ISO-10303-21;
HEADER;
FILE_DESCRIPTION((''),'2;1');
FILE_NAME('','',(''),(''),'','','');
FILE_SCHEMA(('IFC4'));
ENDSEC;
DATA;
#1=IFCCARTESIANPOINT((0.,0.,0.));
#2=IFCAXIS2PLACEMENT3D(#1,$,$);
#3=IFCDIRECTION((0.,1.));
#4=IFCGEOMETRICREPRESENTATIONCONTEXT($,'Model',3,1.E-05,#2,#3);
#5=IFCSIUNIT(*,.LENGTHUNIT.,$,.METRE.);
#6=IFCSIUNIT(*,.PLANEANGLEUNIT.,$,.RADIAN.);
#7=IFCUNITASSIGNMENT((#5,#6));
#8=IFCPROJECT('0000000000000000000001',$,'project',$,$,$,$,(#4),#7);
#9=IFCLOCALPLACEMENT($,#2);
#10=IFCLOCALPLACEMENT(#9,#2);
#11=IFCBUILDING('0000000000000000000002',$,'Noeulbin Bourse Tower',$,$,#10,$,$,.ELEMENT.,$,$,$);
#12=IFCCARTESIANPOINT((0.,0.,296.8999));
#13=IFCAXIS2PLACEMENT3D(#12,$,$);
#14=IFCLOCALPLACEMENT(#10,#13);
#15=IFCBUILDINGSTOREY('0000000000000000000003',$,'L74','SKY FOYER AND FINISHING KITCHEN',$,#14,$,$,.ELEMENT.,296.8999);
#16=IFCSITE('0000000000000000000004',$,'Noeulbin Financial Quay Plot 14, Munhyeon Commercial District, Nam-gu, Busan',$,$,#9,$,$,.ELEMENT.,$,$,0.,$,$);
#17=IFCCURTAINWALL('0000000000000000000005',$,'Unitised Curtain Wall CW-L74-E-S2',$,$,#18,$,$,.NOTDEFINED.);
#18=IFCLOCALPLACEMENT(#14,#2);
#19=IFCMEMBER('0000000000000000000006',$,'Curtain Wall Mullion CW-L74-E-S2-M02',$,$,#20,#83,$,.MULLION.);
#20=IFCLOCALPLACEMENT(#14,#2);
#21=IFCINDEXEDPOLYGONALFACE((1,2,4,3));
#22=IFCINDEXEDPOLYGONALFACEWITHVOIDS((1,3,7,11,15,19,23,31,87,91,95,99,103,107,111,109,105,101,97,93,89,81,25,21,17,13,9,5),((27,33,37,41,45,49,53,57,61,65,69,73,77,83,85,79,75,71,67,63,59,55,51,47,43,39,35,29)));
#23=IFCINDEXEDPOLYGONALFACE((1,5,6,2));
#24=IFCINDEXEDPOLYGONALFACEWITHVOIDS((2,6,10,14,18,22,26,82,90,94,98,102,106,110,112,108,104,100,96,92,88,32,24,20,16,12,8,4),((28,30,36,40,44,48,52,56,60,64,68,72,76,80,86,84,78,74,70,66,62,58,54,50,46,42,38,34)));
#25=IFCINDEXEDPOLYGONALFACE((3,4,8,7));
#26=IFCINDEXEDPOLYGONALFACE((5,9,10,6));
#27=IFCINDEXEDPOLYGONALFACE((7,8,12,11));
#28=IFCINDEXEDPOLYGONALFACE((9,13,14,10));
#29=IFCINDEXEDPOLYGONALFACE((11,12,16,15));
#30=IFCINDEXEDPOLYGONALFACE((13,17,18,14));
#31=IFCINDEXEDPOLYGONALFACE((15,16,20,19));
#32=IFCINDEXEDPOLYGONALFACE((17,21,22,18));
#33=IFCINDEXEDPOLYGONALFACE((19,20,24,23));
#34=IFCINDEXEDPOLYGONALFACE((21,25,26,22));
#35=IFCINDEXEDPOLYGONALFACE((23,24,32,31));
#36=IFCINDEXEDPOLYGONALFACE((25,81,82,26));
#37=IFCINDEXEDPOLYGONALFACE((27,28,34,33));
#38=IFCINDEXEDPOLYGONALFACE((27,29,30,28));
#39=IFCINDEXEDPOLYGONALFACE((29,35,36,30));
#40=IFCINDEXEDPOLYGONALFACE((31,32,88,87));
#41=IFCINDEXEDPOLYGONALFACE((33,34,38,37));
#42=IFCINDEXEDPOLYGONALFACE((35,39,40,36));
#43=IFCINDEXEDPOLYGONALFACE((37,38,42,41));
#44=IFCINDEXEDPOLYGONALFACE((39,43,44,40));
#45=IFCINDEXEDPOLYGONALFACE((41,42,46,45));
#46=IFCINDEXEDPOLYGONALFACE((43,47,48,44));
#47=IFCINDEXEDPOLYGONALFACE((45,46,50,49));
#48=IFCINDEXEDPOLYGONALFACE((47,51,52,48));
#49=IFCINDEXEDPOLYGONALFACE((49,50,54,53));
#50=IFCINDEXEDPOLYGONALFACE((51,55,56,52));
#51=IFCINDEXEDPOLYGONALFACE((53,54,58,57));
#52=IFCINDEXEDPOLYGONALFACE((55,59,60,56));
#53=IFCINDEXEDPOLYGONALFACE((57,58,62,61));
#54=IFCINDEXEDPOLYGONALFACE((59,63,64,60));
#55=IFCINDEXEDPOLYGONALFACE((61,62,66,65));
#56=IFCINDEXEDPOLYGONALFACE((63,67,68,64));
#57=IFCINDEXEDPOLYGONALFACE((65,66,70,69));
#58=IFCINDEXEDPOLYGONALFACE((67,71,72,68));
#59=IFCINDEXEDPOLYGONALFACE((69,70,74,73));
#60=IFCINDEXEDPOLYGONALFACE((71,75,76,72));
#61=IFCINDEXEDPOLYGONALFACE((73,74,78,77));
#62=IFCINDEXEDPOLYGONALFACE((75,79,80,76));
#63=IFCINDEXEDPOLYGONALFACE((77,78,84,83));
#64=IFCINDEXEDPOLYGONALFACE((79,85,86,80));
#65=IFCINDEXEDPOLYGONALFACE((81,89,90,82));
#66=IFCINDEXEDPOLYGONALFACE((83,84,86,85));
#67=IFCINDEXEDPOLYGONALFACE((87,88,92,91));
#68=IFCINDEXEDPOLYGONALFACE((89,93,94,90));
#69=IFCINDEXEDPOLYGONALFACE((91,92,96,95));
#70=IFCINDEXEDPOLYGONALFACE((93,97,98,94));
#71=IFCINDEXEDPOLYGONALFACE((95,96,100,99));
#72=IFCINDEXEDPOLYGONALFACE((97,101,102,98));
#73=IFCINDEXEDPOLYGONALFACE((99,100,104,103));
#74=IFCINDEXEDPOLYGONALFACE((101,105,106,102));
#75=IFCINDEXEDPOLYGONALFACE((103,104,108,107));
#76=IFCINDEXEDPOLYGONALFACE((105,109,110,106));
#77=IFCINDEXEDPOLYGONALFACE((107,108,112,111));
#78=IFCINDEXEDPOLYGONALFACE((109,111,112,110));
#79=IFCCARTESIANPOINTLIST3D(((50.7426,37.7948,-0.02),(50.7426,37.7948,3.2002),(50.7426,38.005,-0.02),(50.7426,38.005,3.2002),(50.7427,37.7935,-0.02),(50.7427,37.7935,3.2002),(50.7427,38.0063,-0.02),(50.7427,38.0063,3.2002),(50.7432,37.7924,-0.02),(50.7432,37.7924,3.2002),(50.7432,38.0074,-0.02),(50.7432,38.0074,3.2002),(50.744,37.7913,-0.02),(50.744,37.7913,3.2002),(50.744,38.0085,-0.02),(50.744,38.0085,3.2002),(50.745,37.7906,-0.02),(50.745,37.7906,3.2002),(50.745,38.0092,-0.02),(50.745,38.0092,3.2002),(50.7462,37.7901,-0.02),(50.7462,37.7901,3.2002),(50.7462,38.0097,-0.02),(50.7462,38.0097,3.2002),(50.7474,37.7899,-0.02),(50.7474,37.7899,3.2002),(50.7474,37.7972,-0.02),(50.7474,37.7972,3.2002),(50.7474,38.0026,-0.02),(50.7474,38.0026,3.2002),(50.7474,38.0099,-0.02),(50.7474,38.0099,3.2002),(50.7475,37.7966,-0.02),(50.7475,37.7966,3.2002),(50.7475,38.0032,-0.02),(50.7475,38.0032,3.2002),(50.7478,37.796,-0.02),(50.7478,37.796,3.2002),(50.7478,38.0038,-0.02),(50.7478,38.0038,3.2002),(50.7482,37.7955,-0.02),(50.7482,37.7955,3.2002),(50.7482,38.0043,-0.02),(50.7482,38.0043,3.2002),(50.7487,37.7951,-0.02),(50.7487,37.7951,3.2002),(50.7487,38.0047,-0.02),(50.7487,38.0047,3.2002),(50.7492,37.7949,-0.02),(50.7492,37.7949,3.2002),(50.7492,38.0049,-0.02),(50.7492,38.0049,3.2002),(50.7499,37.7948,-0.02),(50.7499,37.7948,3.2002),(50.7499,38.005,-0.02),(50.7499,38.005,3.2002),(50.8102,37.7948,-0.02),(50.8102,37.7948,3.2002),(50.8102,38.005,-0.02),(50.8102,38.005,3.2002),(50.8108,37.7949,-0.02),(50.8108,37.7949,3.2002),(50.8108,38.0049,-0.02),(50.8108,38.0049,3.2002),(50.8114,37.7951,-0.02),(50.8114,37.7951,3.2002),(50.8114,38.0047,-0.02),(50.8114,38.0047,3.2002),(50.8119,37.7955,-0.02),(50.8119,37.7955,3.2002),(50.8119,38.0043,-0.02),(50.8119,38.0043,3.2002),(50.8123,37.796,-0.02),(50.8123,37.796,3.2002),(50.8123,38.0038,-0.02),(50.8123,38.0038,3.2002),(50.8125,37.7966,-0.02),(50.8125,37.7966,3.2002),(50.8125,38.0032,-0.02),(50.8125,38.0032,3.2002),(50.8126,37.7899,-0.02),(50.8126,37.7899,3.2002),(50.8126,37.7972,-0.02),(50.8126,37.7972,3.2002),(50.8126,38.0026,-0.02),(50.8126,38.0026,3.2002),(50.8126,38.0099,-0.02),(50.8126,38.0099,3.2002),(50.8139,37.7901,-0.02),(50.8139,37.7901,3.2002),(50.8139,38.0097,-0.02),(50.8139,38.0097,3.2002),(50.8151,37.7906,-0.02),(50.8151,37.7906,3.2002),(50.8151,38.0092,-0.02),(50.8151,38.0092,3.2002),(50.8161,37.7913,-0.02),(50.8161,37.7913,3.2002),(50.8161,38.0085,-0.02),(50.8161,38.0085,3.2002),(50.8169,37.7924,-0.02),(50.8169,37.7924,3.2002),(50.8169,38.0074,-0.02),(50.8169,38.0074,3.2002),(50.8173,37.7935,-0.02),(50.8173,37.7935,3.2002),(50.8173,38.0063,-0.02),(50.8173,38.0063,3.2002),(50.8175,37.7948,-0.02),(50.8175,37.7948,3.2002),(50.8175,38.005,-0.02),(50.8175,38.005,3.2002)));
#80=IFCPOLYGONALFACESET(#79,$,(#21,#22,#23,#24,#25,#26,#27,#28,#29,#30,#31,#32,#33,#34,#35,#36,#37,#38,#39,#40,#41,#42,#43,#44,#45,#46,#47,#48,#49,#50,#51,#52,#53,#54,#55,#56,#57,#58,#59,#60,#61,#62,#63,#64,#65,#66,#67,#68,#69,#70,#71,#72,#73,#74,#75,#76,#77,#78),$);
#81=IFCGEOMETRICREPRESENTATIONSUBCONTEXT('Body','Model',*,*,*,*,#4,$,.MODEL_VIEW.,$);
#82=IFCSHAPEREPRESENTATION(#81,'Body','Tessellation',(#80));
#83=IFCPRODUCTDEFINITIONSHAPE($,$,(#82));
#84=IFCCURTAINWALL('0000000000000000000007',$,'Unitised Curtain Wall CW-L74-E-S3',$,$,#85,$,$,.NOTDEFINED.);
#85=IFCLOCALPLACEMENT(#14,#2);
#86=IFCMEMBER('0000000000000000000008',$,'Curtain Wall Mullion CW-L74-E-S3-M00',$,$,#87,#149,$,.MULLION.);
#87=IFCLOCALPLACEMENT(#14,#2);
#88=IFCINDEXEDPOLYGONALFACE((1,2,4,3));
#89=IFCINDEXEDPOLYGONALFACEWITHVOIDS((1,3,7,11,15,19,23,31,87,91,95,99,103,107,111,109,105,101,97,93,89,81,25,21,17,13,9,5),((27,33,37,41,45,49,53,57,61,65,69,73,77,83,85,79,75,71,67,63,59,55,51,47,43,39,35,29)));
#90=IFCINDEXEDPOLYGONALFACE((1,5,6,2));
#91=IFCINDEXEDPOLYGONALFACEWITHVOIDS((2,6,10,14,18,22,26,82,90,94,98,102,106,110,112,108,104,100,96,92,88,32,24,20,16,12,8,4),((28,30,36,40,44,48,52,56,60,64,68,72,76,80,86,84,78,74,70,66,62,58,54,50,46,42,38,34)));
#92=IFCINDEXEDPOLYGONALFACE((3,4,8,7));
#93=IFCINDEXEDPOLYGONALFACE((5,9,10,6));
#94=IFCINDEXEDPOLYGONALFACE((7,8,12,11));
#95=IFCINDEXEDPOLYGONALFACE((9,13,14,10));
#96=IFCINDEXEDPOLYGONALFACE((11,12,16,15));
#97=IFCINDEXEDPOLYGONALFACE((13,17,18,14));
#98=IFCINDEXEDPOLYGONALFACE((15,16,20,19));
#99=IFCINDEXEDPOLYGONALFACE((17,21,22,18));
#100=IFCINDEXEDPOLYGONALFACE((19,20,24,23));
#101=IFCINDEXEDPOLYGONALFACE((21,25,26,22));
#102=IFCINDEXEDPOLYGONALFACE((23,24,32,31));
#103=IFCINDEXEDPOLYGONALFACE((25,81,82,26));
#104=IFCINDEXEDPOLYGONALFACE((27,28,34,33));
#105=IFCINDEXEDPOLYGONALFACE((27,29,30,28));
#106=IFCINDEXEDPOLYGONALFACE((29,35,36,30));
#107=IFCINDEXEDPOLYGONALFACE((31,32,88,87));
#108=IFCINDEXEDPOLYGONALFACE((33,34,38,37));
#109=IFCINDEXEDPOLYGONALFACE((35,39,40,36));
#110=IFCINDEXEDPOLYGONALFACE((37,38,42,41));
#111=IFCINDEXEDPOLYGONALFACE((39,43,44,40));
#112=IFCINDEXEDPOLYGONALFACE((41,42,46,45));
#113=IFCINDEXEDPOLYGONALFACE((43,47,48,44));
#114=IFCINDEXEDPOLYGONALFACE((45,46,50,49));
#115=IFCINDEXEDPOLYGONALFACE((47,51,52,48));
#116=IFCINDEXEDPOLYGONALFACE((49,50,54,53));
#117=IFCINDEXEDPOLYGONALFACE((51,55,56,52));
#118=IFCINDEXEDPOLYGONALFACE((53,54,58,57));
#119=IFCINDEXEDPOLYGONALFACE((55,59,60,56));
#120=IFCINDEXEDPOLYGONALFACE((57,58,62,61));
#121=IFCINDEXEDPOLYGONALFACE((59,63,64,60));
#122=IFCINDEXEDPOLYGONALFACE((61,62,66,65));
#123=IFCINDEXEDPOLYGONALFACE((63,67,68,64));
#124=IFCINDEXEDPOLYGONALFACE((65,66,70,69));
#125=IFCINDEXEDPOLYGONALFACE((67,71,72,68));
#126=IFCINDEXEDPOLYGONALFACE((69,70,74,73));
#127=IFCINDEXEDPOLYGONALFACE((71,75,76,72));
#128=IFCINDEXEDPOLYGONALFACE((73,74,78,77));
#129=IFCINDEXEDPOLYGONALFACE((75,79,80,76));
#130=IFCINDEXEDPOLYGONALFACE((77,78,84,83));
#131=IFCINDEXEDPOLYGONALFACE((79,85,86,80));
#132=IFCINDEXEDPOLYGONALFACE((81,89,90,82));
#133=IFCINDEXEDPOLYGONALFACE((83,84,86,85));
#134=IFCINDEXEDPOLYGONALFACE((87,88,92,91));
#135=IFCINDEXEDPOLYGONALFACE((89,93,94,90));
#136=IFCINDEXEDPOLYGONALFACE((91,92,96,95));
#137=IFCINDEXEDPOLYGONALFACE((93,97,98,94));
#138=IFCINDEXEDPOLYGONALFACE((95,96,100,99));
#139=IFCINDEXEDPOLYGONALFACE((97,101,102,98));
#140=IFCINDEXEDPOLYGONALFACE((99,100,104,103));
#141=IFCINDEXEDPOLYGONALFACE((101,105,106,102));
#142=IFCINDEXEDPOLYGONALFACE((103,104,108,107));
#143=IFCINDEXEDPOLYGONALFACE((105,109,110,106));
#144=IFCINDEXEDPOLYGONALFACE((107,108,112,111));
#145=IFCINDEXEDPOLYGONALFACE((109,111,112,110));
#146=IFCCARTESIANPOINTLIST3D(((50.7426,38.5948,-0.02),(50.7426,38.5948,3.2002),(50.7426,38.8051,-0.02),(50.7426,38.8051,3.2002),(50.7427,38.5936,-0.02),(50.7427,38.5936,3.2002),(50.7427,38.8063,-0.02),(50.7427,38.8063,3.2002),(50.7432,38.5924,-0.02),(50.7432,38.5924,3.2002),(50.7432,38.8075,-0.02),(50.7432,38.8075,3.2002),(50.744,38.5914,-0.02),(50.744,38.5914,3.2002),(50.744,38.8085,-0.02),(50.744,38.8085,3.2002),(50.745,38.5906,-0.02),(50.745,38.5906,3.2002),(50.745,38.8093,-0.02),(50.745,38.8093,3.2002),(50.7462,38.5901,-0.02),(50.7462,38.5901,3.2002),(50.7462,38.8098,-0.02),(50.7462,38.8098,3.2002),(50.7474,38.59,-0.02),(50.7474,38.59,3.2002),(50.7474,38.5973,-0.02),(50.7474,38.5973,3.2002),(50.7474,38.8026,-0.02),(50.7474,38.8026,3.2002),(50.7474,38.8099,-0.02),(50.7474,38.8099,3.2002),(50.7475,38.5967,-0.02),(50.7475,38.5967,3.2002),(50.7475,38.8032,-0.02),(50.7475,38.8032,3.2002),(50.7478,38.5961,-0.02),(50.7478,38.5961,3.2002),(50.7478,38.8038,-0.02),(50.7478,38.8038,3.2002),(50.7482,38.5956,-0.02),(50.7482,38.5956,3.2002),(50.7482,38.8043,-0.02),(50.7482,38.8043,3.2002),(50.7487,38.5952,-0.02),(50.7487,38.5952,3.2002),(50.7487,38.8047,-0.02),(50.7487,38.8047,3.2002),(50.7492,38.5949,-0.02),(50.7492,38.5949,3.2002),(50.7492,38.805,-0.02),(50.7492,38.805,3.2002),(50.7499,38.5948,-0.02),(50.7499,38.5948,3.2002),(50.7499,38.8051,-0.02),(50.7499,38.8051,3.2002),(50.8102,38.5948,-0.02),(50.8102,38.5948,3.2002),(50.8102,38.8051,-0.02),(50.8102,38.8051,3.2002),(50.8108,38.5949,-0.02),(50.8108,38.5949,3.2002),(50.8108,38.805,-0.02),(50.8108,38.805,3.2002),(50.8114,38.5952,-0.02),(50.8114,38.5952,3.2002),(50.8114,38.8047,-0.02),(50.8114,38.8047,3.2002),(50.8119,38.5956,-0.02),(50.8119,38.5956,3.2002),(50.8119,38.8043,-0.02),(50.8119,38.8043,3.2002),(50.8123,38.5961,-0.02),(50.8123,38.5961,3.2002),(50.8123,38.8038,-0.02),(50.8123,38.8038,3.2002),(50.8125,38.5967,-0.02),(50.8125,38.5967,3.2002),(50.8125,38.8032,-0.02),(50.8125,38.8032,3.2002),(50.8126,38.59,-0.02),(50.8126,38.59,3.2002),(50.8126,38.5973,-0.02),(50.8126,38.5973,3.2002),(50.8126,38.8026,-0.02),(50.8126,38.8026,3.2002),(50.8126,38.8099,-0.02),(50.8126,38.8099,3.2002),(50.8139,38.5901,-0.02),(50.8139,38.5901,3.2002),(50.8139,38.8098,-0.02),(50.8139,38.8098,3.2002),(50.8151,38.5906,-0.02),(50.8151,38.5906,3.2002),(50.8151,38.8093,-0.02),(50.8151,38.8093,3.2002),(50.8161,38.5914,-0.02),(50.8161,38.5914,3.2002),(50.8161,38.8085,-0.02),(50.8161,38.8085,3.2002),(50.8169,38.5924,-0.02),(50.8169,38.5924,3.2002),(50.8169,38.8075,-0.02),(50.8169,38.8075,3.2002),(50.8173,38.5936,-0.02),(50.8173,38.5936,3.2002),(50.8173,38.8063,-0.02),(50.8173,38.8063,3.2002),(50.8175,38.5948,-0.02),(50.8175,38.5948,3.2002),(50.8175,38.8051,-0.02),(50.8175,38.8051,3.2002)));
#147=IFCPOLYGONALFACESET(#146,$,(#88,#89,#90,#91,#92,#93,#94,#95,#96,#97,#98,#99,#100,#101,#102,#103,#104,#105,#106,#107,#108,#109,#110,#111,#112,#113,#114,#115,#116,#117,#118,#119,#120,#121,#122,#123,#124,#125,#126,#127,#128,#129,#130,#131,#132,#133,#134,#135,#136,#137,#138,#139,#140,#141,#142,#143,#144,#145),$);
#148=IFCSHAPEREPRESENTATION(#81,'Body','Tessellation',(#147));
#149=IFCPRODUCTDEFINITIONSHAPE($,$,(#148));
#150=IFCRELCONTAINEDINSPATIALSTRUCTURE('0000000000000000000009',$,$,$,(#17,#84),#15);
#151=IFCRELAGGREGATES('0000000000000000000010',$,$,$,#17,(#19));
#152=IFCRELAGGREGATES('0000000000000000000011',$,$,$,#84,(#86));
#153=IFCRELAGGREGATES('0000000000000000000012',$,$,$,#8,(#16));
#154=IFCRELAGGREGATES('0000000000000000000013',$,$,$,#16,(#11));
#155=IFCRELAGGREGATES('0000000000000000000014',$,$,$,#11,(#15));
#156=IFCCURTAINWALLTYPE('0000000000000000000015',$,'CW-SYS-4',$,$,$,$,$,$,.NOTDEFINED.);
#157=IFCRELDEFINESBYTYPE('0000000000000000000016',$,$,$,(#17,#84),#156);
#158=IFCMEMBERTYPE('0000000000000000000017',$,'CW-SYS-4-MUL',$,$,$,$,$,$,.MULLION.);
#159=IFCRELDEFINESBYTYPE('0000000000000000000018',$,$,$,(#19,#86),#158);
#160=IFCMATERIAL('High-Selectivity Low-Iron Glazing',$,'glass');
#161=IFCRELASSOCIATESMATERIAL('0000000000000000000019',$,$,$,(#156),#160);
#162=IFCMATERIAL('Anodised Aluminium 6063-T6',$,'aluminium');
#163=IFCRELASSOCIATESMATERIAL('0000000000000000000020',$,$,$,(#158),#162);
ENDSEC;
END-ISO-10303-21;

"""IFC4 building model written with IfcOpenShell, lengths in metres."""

from ifc_helpers import new_model, si_unit, direction, frame, origin, origin_2d, place, context, subcontext, project, spatial, hollow_rectangle, extrude, material, material_profile, profile_set, type_object, element, aggregate, save


model = new_model("IFC4")

# Units and contexts
model_context = context("Model", 3, precision=1e-05, world=origin(), true_north=direction((0.0, 1.0)))
body_context = subcontext(model_context, "Body", "Model", "MODEL_VIEW")
ifc_project = project(units=[si_unit("LENGTHUNIT", "METRE"), si_unit("PLANEANGLEUNIT", "RADIAN")], contexts=[model_context])

# Site, building, storey
site_placement = place(None, origin())
site = spatial("IfcSite", under=ifc_project, at=site_placement, Name="Noeulbin Financial Quay Plot 14, Munhyeon Commercial District, Nam-gu, Busan", CompositionType="ELEMENT", RefElevation=0.0)
building_placement = place(site_placement, origin())
building = spatial("IfcBuilding", under=site, at=building_placement, Name="Noeulbin Bourse Tower", CompositionType="ELEMENT")
storey_placement = place(building_placement, frame((0.0, 0.0, 296.8999)))
storey = spatial("IfcBuildingStorey", under=building, at=storey_placement, Name="L74", Description="SKY FOYER AND FINISHING KITCHEN", CompositionType="ELEMENT", Elevation=296.8999)

# Shared definitions
ifc_material_1 = material(Name="High-Selectivity Low-Iron Glazing", Category="glass")
curtain_wall_type = type_object("IfcCurtainWallType", Name="CW-SYS-4", PredefinedType="NOTDEFINED", material=ifc_material_1)
ifc_material_2 = material(Name="Anodised Aluminium 6063-T6", Category="aluminium")
ifc_material_profile_1 = material_profile(ifc_material_2, hollow_rectangle(XDim=0.075, YDim=0.22, WallThickness=0.0049, InnerFilletRadius=0.0024, OuterFilletRadius=0.0049, at=origin_2d()), Name="ALU-MULL-75x220x5", Category="LoadBearing")
ifc_profile_set_1 = profile_set([ifc_material_profile_1], Name="Anodised Aluminium 6063-T6")
member_type_1 = type_object("IfcMemberType", Name="CW-SYS-4-MUL", PredefinedType="MULLION", material=ifc_profile_set_1)

# Curtain walls, members
curtain_wall_1_placement = place(storey_placement, origin())
curtain_wall_1 = element("IfcCurtainWall", 1, at=curtain_wall_1_placement, inside=storey, type_object=curtain_wall_type, Name="Unitised Curtain Wall CW-L74-E-S2", PredefinedType="NOTDEFINED")
member_1_placement = place(storey_placement, frame((50.78, 37.8999, -0.02), z_axis=(0.0, 0.0, 1.0), x_axis=(1.0, 0.0, 0.0)))
member_1 = element("IfcMember", 2, at=member_1_placement, type_object=member_type_1, Name="Curtain Wall Mullion CW-L74-E-S2-M02", PredefinedType="MULLION", context=body_context, shape_type="SweptSolid", body=[
    extrude(hollow_rectangle(XDim=0.075, YDim=0.22, WallThickness=0.0049, InnerFilletRadius=0.0024, OuterFilletRadius=0.0049, at=origin_2d()), origin(), (0.0, 0.0, 1.0), 3.2202),
])
curtain_wall_2_placement = place(storey_placement, origin())
curtain_wall_2 = element("IfcCurtainWall", 3, at=curtain_wall_2_placement, inside=storey, type_object=curtain_wall_type, Name="Unitised Curtain Wall CW-L74-E-S3", PredefinedType="NOTDEFINED")
member_2_placement = place(storey_placement, frame((50.78, 38.7, -0.02), z_axis=(0.0, 0.0, 1.0), x_axis=(1.0, 0.0, 0.0)))
member_2 = element("IfcMember", 4, at=member_2_placement, type_object=member_type_1, Name="Curtain Wall Mullion CW-L74-E-S3-M00", PredefinedType="MULLION", context=body_context, shape_type="SweptSolid", body=[
    extrude(hollow_rectangle(XDim=0.075, YDim=0.22, WallThickness=0.0049, InnerFilletRadius=0.0024, OuterFilletRadius=0.0049, at=origin_2d()), origin(), (0.0, 0.0, 1.0), 3.2202),
])

aggregate(curtain_wall_1, [member_1])
aggregate(curtain_wall_2, [member_2])

save(model, "model.ifc")
